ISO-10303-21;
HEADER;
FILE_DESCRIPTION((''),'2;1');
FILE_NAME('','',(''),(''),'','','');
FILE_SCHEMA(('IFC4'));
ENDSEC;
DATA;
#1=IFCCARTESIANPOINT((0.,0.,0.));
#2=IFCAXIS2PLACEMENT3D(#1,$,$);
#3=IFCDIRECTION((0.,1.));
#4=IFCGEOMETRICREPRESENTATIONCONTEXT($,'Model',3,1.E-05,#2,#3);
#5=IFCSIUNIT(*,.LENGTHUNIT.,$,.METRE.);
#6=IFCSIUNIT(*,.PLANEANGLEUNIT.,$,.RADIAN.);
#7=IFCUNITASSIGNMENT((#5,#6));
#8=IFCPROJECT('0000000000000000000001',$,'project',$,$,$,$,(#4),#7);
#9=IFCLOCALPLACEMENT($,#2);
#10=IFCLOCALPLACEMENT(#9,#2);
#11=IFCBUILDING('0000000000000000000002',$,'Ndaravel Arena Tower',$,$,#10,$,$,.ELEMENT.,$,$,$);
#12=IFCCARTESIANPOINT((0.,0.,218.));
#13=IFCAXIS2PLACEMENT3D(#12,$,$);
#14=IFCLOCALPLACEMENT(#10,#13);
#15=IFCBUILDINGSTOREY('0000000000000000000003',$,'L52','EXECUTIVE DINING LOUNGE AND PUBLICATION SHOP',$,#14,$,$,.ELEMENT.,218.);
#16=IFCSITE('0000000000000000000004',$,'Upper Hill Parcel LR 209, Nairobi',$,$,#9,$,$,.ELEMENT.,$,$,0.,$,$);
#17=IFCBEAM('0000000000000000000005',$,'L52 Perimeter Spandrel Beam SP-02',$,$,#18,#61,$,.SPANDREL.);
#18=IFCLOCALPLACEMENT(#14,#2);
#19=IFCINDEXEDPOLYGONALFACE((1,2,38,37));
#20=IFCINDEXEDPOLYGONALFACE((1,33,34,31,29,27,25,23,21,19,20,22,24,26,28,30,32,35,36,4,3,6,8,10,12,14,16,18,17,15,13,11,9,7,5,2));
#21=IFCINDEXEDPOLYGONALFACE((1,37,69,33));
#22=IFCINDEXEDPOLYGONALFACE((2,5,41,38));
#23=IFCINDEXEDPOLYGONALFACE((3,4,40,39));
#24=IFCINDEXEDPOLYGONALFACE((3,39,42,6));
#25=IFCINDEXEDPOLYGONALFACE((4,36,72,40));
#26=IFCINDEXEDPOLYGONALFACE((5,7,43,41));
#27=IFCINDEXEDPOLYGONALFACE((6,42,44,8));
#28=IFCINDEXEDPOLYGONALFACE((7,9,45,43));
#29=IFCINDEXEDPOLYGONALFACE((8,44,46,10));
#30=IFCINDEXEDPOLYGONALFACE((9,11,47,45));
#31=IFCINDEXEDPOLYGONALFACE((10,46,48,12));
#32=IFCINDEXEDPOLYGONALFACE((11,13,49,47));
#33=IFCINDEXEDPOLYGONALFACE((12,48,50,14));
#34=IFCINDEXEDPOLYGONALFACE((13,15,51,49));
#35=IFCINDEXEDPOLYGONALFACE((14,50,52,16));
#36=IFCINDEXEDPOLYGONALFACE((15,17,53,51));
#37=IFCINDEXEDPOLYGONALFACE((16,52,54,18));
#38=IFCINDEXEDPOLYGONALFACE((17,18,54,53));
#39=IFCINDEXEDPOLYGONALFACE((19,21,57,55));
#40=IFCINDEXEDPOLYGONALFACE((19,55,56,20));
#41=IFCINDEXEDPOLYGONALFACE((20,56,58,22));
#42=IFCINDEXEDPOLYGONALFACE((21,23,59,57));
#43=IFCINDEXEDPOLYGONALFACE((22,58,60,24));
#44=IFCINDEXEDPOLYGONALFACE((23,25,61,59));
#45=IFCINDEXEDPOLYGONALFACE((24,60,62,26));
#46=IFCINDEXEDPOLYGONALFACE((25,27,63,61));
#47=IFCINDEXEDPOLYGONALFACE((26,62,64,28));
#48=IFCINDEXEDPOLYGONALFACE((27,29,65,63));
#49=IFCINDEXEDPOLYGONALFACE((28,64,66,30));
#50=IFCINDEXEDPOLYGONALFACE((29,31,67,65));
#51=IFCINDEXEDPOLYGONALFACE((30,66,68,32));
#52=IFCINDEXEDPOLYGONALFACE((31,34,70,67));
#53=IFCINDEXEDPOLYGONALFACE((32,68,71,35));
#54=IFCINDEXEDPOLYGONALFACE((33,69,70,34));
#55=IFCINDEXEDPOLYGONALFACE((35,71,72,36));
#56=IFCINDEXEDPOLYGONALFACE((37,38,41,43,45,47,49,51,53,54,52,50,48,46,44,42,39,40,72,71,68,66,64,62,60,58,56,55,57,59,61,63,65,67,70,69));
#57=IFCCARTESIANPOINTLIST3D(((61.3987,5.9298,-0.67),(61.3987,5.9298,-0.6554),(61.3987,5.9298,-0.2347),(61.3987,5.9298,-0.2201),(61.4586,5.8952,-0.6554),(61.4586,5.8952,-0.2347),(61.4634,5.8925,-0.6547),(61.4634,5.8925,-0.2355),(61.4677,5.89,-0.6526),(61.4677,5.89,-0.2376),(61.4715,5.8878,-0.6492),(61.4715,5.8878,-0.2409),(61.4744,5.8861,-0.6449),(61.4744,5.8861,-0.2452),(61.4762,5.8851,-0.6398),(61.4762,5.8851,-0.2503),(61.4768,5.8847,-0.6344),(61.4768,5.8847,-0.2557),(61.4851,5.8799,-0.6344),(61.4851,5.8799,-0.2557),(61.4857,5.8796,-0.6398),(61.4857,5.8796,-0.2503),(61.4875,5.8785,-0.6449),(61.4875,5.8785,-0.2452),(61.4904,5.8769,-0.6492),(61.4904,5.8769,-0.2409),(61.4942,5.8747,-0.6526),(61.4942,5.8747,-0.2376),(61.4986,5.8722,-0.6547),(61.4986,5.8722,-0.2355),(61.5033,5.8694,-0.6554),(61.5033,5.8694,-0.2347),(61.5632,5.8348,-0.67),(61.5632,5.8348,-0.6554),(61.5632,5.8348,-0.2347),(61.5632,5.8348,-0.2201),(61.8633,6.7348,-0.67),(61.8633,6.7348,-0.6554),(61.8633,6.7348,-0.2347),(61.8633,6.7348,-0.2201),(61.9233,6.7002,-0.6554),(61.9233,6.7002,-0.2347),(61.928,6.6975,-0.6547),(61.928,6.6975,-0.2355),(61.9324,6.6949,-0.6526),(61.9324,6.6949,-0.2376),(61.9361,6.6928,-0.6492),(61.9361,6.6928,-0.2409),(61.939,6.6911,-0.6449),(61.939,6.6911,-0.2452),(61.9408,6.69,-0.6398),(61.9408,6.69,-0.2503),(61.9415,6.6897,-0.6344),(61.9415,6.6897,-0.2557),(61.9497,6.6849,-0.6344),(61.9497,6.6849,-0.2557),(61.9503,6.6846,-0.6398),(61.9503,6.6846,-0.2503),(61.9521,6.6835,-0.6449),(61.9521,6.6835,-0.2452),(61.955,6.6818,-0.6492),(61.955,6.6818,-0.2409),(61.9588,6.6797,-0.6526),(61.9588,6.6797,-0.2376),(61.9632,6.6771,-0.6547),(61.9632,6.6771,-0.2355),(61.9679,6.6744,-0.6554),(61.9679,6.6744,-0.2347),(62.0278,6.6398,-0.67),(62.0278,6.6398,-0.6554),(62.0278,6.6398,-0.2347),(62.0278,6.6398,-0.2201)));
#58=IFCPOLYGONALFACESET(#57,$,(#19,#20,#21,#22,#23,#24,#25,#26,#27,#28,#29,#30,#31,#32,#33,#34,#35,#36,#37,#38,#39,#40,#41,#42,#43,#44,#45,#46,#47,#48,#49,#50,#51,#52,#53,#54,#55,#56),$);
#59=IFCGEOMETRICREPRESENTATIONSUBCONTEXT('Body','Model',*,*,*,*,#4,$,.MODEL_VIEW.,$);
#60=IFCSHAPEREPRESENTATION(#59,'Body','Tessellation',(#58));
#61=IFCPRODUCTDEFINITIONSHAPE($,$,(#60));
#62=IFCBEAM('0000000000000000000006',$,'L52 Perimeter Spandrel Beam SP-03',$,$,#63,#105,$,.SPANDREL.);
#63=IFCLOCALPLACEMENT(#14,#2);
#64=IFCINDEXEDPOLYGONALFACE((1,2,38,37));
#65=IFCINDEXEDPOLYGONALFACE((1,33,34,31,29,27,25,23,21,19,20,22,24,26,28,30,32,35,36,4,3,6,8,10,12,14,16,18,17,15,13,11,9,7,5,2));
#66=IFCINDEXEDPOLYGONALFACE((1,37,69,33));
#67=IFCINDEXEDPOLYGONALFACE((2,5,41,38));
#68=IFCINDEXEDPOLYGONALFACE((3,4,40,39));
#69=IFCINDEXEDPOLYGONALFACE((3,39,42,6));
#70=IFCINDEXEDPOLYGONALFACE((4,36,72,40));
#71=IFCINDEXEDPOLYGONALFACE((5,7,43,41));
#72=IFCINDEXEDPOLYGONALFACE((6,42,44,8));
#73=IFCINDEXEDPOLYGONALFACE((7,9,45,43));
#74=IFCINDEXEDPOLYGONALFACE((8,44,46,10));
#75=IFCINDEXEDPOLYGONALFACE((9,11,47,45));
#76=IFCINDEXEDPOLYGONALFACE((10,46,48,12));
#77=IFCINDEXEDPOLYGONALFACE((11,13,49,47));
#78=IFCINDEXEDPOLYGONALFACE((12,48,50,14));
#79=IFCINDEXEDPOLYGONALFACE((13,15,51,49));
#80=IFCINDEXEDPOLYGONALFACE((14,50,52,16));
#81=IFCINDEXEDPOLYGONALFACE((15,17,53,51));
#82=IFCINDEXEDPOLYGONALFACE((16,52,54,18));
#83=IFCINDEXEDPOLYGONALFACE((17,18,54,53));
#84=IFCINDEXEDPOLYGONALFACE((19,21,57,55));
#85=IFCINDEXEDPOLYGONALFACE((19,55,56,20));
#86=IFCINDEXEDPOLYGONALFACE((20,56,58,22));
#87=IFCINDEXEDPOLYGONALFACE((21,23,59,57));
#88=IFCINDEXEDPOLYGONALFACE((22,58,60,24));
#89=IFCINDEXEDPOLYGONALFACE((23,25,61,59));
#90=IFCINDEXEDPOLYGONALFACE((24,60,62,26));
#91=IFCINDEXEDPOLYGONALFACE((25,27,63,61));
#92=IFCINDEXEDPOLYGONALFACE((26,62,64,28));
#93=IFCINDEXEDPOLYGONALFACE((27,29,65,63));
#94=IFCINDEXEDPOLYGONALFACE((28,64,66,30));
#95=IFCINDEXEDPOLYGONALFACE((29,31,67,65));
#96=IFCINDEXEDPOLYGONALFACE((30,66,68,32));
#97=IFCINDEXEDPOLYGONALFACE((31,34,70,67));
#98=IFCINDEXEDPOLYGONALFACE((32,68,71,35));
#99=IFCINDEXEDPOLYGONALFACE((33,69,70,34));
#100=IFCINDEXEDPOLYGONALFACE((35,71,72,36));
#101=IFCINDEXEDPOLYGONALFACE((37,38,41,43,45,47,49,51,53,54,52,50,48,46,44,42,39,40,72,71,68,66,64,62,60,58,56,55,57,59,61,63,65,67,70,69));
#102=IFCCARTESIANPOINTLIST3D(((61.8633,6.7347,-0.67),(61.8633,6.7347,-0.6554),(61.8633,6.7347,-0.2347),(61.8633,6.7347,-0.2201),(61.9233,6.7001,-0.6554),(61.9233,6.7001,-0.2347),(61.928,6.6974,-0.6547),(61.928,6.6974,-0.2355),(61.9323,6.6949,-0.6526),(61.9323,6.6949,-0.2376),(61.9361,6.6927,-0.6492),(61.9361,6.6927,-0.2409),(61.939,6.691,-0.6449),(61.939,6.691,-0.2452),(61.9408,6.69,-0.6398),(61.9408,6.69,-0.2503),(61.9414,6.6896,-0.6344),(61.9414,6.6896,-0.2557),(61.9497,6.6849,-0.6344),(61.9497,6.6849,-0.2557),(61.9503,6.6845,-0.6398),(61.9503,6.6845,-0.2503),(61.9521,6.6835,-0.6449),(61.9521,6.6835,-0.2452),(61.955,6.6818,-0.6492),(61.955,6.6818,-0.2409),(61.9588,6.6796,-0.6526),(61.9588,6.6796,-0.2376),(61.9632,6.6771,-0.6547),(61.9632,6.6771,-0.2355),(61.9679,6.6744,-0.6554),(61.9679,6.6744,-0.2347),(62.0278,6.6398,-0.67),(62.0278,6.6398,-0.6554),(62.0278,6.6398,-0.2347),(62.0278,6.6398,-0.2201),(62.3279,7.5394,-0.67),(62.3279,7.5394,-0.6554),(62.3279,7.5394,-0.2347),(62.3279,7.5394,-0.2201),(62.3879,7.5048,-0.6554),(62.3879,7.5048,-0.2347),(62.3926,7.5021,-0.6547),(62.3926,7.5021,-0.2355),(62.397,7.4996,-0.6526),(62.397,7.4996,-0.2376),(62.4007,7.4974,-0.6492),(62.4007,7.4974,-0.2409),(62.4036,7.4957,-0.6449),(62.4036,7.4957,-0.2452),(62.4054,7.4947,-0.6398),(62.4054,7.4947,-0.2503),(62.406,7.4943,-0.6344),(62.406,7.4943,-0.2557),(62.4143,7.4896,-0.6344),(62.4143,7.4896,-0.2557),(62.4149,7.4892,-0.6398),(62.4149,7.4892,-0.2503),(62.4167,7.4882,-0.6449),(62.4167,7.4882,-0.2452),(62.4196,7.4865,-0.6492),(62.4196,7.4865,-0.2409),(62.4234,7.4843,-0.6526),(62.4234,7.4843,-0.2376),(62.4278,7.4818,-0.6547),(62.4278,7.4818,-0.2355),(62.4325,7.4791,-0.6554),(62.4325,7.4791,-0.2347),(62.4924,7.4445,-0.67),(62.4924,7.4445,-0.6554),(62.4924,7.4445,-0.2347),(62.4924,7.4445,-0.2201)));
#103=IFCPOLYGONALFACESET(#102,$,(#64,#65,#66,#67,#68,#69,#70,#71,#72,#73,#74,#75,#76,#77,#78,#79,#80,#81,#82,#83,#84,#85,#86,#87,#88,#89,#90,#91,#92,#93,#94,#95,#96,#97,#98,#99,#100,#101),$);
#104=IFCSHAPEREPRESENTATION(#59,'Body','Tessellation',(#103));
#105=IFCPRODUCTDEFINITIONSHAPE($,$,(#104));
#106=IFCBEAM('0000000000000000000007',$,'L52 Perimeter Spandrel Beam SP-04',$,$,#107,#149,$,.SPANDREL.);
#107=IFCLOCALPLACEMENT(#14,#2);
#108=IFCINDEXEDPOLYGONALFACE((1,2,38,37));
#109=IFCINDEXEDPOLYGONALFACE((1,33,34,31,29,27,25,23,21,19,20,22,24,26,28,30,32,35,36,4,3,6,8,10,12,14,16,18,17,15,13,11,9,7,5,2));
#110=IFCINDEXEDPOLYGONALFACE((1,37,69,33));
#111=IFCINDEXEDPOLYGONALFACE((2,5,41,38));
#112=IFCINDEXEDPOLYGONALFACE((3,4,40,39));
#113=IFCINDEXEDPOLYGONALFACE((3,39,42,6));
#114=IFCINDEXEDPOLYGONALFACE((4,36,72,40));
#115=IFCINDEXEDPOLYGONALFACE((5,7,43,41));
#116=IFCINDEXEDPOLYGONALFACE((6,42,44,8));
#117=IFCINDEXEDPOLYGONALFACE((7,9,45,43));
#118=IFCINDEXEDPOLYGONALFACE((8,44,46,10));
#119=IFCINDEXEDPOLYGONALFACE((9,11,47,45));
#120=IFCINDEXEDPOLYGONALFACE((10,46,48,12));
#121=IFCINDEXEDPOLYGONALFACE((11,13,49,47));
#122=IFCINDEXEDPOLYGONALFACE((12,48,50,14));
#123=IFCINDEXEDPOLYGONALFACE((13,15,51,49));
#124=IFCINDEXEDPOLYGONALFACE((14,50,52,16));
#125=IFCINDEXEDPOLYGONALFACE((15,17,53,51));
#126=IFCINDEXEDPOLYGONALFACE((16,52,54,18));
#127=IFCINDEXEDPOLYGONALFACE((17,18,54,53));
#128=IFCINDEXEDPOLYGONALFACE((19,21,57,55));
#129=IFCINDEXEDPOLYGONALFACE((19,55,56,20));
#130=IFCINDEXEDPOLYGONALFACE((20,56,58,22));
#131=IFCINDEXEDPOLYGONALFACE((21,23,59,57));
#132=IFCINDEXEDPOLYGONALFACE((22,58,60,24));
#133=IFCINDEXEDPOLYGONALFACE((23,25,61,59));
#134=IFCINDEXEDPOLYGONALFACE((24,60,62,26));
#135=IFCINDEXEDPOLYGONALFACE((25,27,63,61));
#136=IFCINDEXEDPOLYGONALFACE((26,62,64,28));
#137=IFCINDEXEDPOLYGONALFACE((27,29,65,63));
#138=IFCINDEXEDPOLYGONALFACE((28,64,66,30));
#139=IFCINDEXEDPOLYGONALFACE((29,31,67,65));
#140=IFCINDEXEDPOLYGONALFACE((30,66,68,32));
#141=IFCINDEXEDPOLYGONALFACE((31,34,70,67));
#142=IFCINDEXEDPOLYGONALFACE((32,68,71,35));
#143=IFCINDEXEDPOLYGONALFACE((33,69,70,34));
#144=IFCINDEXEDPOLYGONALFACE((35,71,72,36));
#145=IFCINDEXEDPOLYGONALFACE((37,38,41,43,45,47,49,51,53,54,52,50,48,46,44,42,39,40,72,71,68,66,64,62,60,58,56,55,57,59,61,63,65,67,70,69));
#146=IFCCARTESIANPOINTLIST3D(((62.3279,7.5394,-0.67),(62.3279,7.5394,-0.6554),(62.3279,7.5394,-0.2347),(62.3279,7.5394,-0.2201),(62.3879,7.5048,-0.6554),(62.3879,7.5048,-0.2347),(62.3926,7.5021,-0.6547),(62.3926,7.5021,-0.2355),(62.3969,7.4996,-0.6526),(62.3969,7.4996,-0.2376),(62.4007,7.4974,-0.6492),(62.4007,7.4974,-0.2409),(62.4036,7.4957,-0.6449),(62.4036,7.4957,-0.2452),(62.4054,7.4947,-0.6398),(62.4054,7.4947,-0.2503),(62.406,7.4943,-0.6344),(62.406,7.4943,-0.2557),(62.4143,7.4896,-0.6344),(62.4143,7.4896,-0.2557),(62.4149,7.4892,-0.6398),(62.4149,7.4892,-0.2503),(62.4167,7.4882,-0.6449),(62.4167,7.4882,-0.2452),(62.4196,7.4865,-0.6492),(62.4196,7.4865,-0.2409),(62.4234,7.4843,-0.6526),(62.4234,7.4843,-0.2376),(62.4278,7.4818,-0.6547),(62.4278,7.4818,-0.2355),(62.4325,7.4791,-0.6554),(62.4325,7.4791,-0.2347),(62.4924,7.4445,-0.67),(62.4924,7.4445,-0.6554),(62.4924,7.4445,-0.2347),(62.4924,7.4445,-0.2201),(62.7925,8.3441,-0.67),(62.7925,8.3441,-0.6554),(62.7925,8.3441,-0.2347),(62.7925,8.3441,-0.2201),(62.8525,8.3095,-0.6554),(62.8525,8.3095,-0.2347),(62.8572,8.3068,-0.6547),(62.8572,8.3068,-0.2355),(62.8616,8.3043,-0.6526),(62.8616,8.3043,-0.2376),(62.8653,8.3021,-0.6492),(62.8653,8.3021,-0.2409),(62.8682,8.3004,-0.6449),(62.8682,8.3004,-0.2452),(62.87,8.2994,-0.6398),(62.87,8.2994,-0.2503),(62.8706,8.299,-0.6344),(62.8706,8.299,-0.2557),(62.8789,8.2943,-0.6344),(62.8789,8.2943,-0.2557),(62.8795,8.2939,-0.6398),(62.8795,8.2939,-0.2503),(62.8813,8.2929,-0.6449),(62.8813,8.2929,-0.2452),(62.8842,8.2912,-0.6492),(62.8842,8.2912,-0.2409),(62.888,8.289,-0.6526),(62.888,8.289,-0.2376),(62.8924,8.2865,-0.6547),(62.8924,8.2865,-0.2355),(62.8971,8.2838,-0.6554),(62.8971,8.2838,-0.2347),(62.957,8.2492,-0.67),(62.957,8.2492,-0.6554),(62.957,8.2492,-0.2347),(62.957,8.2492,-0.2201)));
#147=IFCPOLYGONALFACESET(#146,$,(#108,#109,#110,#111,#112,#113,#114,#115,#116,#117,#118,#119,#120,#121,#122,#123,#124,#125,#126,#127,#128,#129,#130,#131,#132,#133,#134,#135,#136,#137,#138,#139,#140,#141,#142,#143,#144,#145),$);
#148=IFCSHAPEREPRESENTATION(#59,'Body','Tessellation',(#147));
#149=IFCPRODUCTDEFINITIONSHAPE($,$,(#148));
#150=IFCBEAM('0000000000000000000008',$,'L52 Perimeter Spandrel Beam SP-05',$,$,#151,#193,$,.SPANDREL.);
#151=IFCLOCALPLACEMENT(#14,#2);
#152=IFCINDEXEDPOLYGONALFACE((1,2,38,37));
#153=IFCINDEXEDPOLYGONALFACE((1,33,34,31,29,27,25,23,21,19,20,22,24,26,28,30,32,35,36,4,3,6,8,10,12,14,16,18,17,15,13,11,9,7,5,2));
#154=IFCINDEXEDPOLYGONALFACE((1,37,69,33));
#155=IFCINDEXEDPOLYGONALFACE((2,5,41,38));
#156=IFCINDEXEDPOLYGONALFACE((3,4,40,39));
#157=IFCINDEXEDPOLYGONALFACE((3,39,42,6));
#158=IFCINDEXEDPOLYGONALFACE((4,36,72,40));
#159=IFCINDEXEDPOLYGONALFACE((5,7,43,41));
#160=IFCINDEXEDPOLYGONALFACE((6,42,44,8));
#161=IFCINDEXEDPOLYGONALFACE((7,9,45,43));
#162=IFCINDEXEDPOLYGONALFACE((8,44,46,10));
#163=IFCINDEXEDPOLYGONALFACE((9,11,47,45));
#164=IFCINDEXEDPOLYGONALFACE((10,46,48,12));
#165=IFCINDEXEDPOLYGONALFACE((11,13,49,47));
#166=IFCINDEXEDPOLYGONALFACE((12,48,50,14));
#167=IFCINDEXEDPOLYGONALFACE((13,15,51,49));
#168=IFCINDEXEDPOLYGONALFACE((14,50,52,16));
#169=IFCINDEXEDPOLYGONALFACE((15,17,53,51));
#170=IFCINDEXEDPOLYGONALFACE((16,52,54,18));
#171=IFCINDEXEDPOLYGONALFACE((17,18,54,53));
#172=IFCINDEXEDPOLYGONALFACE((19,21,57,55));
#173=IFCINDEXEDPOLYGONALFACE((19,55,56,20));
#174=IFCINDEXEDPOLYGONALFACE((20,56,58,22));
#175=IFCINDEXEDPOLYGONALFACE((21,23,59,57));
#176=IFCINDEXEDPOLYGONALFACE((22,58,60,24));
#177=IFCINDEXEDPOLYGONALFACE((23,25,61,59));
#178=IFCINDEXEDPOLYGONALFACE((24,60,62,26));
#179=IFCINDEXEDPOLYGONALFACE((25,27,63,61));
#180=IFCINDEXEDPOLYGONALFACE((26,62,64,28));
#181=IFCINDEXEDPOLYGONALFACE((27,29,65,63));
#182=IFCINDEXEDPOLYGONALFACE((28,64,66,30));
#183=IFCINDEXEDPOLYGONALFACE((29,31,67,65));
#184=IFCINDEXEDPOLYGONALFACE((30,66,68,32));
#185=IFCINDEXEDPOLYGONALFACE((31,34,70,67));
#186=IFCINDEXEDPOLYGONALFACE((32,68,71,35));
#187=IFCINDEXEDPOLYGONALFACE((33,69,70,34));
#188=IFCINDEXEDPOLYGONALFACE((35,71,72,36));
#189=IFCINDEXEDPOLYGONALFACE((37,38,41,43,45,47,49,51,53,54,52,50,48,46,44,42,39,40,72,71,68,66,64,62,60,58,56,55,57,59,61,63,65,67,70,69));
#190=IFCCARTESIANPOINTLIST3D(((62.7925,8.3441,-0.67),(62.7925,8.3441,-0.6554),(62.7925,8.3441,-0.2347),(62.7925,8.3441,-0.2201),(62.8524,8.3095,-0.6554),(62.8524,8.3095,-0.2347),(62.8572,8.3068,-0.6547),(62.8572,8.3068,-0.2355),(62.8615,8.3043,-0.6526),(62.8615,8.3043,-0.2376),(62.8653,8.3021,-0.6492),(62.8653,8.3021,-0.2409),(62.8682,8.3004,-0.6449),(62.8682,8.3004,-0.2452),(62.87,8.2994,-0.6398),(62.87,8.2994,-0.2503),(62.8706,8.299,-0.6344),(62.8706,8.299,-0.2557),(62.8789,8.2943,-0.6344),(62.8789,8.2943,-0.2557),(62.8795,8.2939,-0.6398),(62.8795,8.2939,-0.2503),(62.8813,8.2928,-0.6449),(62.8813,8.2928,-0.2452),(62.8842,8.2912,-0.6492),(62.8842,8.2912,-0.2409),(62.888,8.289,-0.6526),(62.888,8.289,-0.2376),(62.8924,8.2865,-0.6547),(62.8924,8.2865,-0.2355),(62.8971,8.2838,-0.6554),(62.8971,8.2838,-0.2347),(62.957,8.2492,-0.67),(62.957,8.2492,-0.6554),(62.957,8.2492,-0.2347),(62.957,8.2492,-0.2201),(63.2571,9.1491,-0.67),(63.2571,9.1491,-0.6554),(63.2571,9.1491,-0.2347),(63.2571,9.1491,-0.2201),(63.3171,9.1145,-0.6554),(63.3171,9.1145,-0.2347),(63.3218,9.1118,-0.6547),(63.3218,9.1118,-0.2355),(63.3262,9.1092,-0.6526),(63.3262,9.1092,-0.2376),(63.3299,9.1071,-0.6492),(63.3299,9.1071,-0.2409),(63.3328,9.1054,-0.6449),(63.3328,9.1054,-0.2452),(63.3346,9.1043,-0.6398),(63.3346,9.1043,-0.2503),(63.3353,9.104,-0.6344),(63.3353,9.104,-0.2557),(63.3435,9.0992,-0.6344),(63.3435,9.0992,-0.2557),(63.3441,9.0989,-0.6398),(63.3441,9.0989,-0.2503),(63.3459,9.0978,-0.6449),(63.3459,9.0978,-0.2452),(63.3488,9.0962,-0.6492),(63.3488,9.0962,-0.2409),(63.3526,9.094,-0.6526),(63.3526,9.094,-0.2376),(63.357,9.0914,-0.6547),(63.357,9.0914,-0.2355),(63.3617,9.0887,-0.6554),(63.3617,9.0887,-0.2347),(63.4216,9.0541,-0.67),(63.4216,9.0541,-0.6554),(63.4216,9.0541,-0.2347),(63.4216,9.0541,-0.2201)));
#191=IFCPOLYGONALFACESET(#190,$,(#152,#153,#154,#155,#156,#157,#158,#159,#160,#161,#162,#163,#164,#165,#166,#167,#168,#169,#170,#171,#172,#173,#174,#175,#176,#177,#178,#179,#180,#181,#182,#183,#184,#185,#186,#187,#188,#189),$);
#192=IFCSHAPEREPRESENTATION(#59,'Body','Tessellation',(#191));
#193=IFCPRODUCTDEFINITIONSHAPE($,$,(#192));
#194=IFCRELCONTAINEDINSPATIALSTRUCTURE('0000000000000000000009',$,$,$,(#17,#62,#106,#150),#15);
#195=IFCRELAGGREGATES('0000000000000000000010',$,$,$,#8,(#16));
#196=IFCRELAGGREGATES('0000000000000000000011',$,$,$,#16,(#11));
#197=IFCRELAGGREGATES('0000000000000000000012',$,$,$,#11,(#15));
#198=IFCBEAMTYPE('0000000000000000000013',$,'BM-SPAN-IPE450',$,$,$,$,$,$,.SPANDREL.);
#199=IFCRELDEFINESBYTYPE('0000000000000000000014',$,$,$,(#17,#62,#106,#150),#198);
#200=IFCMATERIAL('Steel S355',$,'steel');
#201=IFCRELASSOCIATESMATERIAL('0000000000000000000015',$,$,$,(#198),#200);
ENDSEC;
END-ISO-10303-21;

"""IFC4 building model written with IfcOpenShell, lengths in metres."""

from ifc_helpers import new_model, si_unit, direction, frame, origin, origin_2d, place, context, subcontext, project, spatial, i_section, extrude, material, material_profile, profile_set, type_object, element, save


model = new_model("IFC4")

# Units and contexts
model_context = context("Model", 3, precision=1e-05, world=origin(), true_north=direction((0.0, 1.0)))
body_context = subcontext(model_context, "Body", "Model", "MODEL_VIEW")
ifc_project = project(units=[si_unit("LENGTHUNIT", "METRE"), si_unit("PLANEANGLEUNIT", "RADIAN")], contexts=[model_context])

# Site, building, storey
site_placement = place(None, origin())
site = spatial("IfcSite", under=ifc_project, at=site_placement, Name="Upper Hill Parcel LR 209, Nairobi", CompositionType="ELEMENT", RefElevation=0.0)
building_placement = place(site_placement, origin())
building = spatial("IfcBuilding", under=site, at=building_placement, Name="Ndaravel Arena Tower", CompositionType="ELEMENT")
storey_placement = place(building_placement, frame((0.0, 0.0, 218.0)))
storey = spatial("IfcBuildingStorey", under=building, at=storey_placement, Name="L52", Description="EXECUTIVE DINING LOUNGE AND PUBLICATION SHOP", CompositionType="ELEMENT", Elevation=218.0)

# Beams
ifc_material_1 = material(Name="Steel S355", Category="steel")
ifc_material_profile_1 = material_profile(ifc_material_1, i_section(OverallWidth=0.1899, OverallDepth=0.45, WebThickness=0.0095, FlangeThickness=0.0146, FilletRadius=0.021, at=origin_2d()), Name="IPE 450")
ifc_profile_set_1 = profile_set([ifc_material_profile_1], Name="Steel S355")
beam_type = type_object("IfcBeamType", Name="BM-SPAN-IPE450", PredefinedType="SPANDREL", material=ifc_profile_set_1)
beam_1_placement = place(storey_placement, frame((61.481, 5.8823, -0.4451), z_axis=(0.499897, 0.866085, 0.0), x_axis=(-0.866085, 0.499897, 0.0)))
element("IfcBeam", 1, at=beam_1_placement, inside=storey, type_object=beam_type, Name="L52 Perimeter Spandrel Beam SP-02", PredefinedType="SPANDREL", context=body_context, shape_type="SweptSolid", body=[
    extrude(i_section(OverallWidth=0.1899, OverallDepth=0.45, WebThickness=0.0095, FlangeThickness=0.0146, FilletRadius=0.021, at=origin_2d()), origin(), (0.0, 0.0, 1.0), 0.9294),
])
for number, where, z_axis, x_axis, name in (
    (2, (61.9456, 6.6873, -0.4451), (0.500011, 0.866019, 0.0), (-0.866019, 0.500011, 0.0), "L52 Perimeter Spandrel Beam SP-03"),
    (3, (62.4102, 7.4919, -0.4451), (0.500011, 0.866019, 0.0), (-0.866019, 0.500011, 0.0), "L52 Perimeter Spandrel Beam SP-04"),
):
    element("IfcBeam", number, at=place(storey_placement, frame(where, z_axis=z_axis, x_axis=x_axis)), inside=storey, type_object=beam_type, Name=name, PredefinedType="SPANDREL", context=body_context, shape_type="SweptSolid", body=[
        extrude(i_section(OverallWidth=0.1899, OverallDepth=0.45, WebThickness=0.0095, FlangeThickness=0.0146, FilletRadius=0.021, at=origin_2d()), origin(), (0.0, 0.0, 1.0), 0.9292),
    ])
beam_2_placement = place(storey_placement, frame((62.8748, 8.2966, -0.4451), z_axis=(0.499897, 0.866085, 0.0), x_axis=(-0.866085, 0.499897, 0.0)))
element("IfcBeam", 4, at=beam_2_placement, inside=storey, type_object=beam_type, Name="L52 Perimeter Spandrel Beam SP-05", PredefinedType="SPANDREL", context=body_context, shape_type="SweptSolid", body=[
    extrude(i_section(OverallWidth=0.1899, OverallDepth=0.45, WebThickness=0.0095, FlangeThickness=0.0146, FilletRadius=0.021, at=origin_2d()), origin(), (0.0, 0.0, 1.0), 0.9294),
])

save(model, "model.ifc")
